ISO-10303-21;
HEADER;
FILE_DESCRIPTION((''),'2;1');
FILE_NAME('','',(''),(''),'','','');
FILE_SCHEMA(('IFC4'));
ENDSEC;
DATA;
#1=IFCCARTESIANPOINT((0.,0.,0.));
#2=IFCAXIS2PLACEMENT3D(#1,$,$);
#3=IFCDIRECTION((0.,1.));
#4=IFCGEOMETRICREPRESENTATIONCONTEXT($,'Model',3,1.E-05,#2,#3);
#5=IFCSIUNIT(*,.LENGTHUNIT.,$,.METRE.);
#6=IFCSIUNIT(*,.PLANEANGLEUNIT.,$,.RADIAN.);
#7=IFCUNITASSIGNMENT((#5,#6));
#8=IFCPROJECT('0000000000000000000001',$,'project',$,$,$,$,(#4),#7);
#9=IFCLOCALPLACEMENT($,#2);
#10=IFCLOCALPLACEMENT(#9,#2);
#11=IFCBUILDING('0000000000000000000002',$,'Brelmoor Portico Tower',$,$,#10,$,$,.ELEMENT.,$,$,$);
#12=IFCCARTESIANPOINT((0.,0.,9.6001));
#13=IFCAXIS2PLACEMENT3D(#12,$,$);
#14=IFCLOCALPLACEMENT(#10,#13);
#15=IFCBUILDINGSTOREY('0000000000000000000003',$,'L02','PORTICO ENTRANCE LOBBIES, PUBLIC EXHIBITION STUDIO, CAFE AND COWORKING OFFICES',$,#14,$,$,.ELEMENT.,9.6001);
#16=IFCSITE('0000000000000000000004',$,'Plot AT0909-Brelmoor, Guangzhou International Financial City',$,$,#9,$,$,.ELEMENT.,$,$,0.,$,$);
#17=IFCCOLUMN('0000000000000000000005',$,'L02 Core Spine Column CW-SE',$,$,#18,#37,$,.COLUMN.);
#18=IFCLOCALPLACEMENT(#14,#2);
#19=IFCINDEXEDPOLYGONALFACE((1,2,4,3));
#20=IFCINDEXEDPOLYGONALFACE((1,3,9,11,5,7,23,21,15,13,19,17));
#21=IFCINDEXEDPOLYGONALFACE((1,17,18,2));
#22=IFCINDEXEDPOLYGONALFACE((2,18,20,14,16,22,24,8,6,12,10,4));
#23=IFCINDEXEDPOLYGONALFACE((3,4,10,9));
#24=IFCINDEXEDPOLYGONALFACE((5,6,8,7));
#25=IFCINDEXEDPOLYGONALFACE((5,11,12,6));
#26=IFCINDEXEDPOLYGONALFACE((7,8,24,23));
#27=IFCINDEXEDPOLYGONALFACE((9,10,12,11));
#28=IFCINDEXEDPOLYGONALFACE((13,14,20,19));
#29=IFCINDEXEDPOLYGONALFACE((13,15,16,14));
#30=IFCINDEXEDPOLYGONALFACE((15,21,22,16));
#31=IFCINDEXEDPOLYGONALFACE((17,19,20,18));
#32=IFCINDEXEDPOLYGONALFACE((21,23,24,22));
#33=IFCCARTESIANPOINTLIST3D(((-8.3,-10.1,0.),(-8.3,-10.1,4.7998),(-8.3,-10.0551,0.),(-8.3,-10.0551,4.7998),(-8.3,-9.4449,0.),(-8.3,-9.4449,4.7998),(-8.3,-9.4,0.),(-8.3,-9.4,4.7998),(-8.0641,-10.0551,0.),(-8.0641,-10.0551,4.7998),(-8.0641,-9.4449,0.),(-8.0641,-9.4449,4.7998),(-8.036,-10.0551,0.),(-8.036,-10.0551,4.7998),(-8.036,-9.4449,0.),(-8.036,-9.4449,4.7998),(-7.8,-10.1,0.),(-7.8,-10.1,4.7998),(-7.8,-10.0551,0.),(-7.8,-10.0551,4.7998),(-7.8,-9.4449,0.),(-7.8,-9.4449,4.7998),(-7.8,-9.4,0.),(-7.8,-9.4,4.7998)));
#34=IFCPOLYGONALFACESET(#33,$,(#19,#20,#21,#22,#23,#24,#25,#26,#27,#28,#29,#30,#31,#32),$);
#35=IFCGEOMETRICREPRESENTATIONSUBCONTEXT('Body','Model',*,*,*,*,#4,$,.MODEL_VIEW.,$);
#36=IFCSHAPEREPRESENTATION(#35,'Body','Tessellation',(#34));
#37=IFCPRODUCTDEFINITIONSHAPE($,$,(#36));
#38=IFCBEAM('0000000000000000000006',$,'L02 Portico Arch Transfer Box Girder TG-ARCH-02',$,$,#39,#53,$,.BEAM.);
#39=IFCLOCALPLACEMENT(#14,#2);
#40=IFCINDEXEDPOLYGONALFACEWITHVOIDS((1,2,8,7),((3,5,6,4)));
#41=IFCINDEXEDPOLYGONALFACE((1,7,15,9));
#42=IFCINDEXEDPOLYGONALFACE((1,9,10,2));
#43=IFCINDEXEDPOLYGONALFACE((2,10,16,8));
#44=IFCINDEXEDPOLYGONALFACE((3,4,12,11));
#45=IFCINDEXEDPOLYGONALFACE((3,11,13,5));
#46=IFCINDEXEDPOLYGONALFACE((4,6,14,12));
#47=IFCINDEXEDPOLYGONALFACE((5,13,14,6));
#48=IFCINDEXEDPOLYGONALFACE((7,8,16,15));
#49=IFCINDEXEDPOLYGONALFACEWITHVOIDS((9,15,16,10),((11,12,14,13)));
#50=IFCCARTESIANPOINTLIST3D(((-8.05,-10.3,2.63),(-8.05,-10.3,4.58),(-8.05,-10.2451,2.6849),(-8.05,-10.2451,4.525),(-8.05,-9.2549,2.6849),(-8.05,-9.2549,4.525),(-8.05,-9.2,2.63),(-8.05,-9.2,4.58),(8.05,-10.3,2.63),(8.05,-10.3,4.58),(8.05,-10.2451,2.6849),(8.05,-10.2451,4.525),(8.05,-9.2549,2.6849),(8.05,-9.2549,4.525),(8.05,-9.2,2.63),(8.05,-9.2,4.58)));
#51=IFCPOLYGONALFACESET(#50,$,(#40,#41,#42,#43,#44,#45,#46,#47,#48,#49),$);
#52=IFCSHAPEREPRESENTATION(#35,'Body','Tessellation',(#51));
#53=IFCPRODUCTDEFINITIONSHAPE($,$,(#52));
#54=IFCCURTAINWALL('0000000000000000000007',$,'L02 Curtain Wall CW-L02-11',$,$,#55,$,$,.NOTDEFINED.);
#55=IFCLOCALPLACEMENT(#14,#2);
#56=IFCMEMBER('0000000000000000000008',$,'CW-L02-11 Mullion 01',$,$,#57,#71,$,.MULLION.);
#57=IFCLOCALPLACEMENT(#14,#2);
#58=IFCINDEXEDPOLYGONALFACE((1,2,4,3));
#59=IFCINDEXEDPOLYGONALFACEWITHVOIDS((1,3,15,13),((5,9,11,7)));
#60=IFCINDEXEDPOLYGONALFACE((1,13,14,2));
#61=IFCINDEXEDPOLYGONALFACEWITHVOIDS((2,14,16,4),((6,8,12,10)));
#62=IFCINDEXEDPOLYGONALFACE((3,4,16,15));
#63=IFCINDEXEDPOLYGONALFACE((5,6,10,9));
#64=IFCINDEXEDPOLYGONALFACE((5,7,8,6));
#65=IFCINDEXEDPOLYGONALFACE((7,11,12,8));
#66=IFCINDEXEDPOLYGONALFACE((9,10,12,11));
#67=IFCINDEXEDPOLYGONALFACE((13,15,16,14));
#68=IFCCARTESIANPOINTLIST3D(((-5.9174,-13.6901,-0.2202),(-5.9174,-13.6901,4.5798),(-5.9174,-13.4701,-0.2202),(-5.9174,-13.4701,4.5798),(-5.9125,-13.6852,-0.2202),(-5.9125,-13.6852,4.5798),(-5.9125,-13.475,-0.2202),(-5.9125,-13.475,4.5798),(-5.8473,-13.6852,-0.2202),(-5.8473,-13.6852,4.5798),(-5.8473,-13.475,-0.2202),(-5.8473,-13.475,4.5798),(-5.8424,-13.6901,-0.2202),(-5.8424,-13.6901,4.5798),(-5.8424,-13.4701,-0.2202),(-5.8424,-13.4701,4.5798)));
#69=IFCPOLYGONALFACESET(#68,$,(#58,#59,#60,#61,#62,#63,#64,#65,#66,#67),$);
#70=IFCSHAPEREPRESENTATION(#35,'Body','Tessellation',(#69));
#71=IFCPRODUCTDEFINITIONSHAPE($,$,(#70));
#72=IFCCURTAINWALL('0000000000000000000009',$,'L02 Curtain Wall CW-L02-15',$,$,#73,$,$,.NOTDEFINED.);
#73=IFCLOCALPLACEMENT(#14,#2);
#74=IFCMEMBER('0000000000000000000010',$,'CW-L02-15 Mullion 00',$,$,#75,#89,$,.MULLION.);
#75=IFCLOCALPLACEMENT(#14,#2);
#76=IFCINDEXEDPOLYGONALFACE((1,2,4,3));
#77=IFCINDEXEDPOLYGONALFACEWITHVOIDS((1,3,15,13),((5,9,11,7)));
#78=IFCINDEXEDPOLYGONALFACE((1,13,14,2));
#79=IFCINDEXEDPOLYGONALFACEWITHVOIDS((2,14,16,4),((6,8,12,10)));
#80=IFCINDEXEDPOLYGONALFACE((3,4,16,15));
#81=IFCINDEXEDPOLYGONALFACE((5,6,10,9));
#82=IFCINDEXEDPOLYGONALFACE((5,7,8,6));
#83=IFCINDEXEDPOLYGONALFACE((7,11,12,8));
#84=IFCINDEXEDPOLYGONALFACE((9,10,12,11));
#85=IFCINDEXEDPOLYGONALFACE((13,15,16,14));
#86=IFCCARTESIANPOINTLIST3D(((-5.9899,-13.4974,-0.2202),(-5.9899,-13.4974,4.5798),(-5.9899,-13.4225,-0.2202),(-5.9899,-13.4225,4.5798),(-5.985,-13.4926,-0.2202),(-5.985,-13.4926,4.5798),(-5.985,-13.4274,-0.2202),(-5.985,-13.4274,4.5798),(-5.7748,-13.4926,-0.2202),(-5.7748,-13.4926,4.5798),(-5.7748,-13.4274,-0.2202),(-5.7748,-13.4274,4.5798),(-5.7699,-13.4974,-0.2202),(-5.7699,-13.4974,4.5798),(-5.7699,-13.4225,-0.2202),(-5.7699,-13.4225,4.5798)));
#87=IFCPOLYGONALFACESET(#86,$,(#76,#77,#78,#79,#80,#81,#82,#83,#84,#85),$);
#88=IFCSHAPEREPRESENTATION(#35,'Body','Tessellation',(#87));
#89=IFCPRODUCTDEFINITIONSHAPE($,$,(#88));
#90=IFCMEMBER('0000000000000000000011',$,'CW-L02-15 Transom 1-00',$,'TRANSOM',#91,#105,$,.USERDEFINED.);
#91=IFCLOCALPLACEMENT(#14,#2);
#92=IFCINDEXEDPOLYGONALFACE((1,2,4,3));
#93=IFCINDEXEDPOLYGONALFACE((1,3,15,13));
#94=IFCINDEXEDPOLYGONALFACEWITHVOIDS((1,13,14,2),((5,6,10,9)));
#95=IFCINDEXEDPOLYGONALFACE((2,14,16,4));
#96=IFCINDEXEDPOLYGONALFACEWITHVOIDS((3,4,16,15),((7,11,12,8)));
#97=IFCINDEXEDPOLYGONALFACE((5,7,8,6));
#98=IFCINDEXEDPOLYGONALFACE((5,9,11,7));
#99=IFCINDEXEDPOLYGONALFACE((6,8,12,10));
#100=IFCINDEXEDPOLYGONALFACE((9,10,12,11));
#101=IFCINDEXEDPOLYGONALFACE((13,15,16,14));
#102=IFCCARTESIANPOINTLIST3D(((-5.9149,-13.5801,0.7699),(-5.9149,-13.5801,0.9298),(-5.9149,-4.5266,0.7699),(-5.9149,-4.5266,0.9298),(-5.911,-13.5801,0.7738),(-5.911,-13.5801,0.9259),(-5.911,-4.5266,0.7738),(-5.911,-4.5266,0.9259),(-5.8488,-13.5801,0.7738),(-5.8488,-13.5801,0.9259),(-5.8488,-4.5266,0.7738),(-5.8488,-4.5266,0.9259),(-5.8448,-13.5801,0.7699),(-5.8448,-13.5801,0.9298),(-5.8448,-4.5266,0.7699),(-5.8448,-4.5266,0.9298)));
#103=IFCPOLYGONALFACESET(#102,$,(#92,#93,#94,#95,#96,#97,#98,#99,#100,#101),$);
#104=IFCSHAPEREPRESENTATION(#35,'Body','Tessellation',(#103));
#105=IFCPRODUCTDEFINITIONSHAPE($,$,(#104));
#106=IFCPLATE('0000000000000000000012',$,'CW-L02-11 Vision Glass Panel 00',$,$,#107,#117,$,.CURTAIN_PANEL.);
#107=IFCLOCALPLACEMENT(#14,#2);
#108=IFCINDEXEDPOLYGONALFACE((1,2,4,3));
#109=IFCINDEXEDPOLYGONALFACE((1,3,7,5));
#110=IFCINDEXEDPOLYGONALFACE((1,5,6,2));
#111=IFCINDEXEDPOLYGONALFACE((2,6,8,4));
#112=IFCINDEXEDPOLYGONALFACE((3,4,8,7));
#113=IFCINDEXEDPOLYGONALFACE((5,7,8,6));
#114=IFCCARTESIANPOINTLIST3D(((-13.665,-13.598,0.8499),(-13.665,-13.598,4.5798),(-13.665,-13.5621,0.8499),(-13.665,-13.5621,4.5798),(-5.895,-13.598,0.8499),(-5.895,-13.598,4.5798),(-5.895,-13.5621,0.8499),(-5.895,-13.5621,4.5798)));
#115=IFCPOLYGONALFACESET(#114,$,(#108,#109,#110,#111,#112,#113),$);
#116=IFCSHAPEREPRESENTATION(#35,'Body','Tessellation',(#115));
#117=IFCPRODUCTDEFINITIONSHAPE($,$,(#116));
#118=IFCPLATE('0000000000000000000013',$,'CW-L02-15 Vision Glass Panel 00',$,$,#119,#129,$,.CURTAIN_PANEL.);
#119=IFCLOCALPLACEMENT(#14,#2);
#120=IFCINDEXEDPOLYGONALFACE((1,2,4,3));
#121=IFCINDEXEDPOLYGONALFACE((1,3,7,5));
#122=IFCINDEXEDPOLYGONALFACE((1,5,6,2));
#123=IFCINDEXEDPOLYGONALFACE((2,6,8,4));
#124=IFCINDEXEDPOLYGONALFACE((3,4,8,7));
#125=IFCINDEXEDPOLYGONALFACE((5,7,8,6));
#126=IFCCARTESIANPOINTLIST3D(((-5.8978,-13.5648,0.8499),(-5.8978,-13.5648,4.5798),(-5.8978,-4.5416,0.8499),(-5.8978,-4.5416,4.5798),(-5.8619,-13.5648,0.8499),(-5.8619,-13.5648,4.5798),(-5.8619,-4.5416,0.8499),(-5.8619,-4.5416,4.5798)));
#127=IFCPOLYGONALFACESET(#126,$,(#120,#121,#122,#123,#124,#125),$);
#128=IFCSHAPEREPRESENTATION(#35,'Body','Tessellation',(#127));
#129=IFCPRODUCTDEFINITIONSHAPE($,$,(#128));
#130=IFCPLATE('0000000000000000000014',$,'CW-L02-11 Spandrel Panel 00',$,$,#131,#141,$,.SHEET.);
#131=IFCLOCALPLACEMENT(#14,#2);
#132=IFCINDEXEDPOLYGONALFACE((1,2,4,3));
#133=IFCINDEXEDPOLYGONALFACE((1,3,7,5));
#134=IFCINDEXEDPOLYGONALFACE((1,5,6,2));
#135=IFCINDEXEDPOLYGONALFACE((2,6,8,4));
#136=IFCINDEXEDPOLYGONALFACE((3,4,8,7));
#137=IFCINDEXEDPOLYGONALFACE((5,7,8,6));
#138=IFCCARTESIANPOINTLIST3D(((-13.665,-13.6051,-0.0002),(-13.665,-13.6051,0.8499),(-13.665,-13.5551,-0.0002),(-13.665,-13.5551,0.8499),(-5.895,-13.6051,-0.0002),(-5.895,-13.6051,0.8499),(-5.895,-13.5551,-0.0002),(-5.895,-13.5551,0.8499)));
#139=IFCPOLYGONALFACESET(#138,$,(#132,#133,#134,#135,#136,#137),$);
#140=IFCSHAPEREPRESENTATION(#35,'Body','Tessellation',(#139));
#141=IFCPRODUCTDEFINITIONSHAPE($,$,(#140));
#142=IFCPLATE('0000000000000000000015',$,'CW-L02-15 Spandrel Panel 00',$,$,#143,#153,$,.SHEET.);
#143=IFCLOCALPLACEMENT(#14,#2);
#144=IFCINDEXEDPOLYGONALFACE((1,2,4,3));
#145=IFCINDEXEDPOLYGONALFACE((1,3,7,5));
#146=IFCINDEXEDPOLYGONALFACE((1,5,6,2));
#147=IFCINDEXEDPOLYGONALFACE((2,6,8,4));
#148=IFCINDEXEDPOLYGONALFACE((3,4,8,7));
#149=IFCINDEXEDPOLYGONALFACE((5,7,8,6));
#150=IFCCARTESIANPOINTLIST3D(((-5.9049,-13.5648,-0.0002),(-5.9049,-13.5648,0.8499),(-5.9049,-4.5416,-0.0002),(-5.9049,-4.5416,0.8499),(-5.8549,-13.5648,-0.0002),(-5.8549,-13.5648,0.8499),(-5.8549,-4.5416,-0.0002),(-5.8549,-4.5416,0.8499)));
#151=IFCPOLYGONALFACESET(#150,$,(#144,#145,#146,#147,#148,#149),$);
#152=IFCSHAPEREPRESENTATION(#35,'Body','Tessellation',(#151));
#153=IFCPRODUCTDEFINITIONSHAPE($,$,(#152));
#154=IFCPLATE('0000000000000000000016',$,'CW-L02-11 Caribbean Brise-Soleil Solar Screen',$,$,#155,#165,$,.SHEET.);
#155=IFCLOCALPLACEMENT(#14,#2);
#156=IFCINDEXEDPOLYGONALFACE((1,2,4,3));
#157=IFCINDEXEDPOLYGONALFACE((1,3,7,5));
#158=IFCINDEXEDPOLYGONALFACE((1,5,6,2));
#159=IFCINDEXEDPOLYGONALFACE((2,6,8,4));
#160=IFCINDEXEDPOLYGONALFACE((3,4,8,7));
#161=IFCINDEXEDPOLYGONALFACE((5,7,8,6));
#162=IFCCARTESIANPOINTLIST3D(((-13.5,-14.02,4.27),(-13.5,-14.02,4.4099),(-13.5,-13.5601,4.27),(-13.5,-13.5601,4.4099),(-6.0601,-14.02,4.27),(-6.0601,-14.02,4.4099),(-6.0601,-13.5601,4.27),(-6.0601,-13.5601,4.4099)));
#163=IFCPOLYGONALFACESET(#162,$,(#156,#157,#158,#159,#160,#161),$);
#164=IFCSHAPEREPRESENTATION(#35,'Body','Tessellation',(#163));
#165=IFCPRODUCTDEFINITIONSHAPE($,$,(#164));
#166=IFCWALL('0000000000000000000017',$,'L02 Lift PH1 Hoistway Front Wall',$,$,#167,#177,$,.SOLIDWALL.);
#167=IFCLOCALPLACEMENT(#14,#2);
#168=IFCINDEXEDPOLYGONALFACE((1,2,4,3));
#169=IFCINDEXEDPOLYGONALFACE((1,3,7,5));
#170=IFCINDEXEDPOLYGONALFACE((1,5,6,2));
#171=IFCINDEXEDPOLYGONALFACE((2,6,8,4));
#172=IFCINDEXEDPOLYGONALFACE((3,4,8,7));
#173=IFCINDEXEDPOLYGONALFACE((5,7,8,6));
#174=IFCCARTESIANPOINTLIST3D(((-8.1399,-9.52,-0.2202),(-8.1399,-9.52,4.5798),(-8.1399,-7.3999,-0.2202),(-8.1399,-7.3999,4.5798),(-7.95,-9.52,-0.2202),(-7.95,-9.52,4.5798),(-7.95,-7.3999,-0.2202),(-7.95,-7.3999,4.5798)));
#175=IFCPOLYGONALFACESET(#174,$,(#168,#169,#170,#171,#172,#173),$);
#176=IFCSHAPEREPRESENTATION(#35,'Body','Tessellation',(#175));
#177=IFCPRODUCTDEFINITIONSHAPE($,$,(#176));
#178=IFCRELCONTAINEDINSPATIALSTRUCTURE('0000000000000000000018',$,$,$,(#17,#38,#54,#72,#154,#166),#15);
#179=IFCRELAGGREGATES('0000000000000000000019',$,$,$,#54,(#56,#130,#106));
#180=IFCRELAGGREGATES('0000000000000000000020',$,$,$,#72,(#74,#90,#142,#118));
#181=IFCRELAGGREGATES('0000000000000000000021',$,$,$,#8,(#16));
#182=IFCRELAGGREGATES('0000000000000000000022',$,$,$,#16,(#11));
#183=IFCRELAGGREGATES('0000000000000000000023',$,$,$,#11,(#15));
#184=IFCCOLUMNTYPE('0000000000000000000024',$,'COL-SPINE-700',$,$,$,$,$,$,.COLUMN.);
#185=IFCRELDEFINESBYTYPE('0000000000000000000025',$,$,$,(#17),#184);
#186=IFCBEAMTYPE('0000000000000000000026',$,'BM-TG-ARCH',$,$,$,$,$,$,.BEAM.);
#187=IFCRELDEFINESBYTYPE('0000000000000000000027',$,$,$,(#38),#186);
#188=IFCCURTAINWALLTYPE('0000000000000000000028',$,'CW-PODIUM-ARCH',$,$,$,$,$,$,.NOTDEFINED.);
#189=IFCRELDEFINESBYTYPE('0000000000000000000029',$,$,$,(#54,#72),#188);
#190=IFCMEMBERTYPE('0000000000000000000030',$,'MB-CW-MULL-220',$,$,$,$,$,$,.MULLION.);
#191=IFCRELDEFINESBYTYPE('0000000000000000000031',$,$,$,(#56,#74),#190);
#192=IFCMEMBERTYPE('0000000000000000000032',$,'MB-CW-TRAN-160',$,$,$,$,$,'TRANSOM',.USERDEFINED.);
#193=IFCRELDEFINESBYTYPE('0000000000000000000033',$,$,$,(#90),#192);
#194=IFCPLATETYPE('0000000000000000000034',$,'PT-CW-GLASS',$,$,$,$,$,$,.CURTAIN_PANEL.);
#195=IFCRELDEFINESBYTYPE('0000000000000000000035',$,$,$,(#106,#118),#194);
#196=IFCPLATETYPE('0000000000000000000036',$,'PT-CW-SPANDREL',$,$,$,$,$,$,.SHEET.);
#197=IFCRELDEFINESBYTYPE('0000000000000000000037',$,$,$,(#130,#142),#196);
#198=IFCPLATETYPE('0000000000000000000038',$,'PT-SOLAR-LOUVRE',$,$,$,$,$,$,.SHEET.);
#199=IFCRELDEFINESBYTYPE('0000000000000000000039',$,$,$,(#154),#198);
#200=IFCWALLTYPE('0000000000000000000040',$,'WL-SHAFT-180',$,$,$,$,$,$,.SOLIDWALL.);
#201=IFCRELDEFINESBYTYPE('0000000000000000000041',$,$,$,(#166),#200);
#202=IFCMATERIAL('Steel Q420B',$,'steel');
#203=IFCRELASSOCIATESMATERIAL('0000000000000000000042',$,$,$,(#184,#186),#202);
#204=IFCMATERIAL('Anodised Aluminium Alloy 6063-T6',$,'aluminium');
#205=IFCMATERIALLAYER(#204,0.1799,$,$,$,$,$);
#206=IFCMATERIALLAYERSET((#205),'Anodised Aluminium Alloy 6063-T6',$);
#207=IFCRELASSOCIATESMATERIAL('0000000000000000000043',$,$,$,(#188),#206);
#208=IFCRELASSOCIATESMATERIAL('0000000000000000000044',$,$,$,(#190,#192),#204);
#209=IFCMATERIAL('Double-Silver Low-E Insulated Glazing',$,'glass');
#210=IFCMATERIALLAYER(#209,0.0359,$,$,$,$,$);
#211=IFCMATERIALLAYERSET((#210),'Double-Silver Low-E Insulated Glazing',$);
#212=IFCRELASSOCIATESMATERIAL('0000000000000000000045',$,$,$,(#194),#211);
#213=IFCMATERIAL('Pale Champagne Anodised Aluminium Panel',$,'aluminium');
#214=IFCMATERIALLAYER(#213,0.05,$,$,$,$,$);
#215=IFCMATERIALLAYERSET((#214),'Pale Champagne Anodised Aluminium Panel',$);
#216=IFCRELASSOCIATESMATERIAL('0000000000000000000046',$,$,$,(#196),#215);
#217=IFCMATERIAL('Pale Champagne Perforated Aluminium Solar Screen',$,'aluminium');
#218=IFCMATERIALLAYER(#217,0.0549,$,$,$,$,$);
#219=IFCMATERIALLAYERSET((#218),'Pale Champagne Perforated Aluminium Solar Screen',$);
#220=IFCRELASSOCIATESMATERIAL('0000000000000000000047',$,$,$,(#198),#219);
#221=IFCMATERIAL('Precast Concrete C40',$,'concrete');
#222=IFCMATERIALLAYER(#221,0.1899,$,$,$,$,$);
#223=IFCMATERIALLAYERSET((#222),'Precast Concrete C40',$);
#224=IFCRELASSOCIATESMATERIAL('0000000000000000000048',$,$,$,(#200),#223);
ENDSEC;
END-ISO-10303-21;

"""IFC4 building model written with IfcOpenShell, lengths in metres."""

from ifc_helpers import new_model, si_unit, direction, frame, frame_2d, origin, origin_2d, place, context, subcontext, project, spatial, rectangle, hollow_rectangle, i_section, extrude, material, layer, layer_set, material_profile, profile_set, type_object, element, aggregate, save


model = new_model("IFC4")

# Units and contexts
model_context = context("Model", 3, precision=1e-05, world=origin(), true_north=direction((0.0, 1.0)))
body_context = subcontext(model_context, "Body", "Model", "MODEL_VIEW")
ifc_project = project(units=[si_unit("LENGTHUNIT", "METRE"), si_unit("PLANEANGLEUNIT", "RADIAN")], contexts=[model_context])

# Site, building, storey
site_placement = place(None, origin())
site = spatial("IfcSite", under=ifc_project, at=site_placement, Name="Plot AT0909-Brelmoor, Guangzhou International Financial City", CompositionType="ELEMENT", RefElevation=0.0)
building_placement = place(site_placement, origin())
building = spatial("IfcBuilding", under=site, at=building_placement, Name="Brelmoor Portico Tower", CompositionType="ELEMENT")
storey_placement = place(building_placement, frame((0.0, 0.0, 9.6001)))
storey = spatial("IfcBuildingStorey", under=building, at=storey_placement, Name="L02", Description="PORTICO ENTRANCE LOBBIES, PUBLIC EXHIBITION STUDIO, CAFE AND COWORKING OFFICES", CompositionType="ELEMENT", Elevation=9.6001)

# Column
ifc_material_1 = material(Name="Steel Q420B", Category="steel")
ifc_material_profile_1 = material_profile(ifc_material_1, i_section(OverallWidth=0.5, OverallDepth=0.7, WebThickness=0.0281, FlangeThickness=0.0449, at=origin_2d()), Name="HW 700x500x28x45")
ifc_profile_set_1 = profile_set([ifc_material_profile_1], Name="Steel Q420B")
column_type = type_object("IfcColumnType", Name="COL-SPINE-700", PredefinedType="COLUMN", material=ifc_profile_set_1)
column_placement = place(storey_placement, frame((-8.05, -9.75, 0.0), z_axis=(0.0, 0.0, 1.0), x_axis=(1.0, 0.0, 0.0)))
element("IfcColumn", 1, at=column_placement, inside=storey, type_object=column_type, Name="L02 Core Spine Column CW-SE", PredefinedType="COLUMN", context=body_context, shape_type="SweptSolid", body=[
    extrude(i_section(OverallWidth=0.5, OverallDepth=0.7, WebThickness=0.0281, FlangeThickness=0.0449, at=origin_2d()), origin(), (0.0, 0.0, 1.0), 4.7998),
])

# Beam
ifc_material_profile_2 = material_profile(ifc_material_1, hollow_rectangle(XDim=1.1001, YDim=1.95, WallThickness=0.0549, at=origin_2d()), Name="BOX 1100x1950x55")
ifc_profile_set_2 = profile_set([ifc_material_profile_2], Name="Steel Q420B")
beam_type = type_object("IfcBeamType", Name="BM-TG-ARCH", PredefinedType="BEAM", material=ifc_profile_set_2)
beam_placement = place(storey_placement, frame((-8.05, -9.75, 3.605), z_axis=(1.0, 0.0, 0.0), x_axis=(0.0, 1.0, 0.0)))
element("IfcBeam", 2, at=beam_placement, inside=storey, type_object=beam_type, Name="L02 Portico Arch Transfer Box Girder TG-ARCH-02", PredefinedType="BEAM", context=body_context, shape_type="SweptSolid", body=[
    extrude(hollow_rectangle(XDim=1.1001, YDim=1.95, WallThickness=0.0549, at=origin_2d()), origin(), (0.0, 0.0, 1.0), 16.1001),
])

# Curtain wall, member
ifc_material_2 = material(Name="Anodised Aluminium Alloy 6063-T6", Category="aluminium")
ifc_layer_1 = layer(ifc_material_2, 0.1799)
ifc_layer_set_1 = layer_set([ifc_layer_1], Name="Anodised Aluminium Alloy 6063-T6")
curtain_wall_type = type_object("IfcCurtainWallType", Name="CW-PODIUM-ARCH", PredefinedType="NOTDEFINED", material=ifc_layer_set_1)
curtain_wall_1_placement = place(storey_placement, origin())
curtain_wall_1 = element("IfcCurtainWall", 3, at=curtain_wall_1_placement, inside=storey, type_object=curtain_wall_type, Name="L02 Curtain Wall CW-L02-11", PredefinedType="NOTDEFINED")
ifc_material_profile_3 = material_profile(ifc_material_2, hollow_rectangle(XDim=0.075, YDim=0.22, WallThickness=0.0049, at=origin_2d()), Name="ALU MULLION 75x220")
ifc_profile_set_3 = profile_set([ifc_material_profile_3], Name="Anodised Aluminium Alloy 6063-T6")
member_type_1 = type_object("IfcMemberType", Name="MB-CW-MULL-220", PredefinedType="MULLION", material=ifc_profile_set_3)
member_1_placement = place(storey_placement, frame((-5.8799, -13.5801, -0.2202), z_axis=(0.0, 0.0, 1.0), x_axis=(1.0, 0.0, 0.0)))
member_1 = element("IfcMember", 4, at=member_1_placement, type_object=member_type_1, Name="CW-L02-11 Mullion 01", PredefinedType="MULLION", context=body_context, shape_type="SweptSolid", body=[
    extrude(hollow_rectangle(XDim=0.075, YDim=0.22, WallThickness=0.0049, at=origin_2d()), origin(), (0.0, 0.0, 1.0), 4.8),
])

# Curtain wall, members
curtain_wall_2_placement = place(storey_placement, origin())
curtain_wall_2 = element("IfcCurtainWall", 5, at=curtain_wall_2_placement, inside=storey, type_object=curtain_wall_type, Name="L02 Curtain Wall CW-L02-15", PredefinedType="NOTDEFINED")
member_2_placement = place(storey_placement, frame((-5.8799, -13.46, -0.2202), z_axis=(0.0, 0.0, 1.0), x_axis=(0.0, 1.0, 0.0)))
member_2 = element("IfcMember", 6, at=member_2_placement, type_object=member_type_1, Name="CW-L02-15 Mullion 00", PredefinedType="MULLION", context=body_context, shape_type="SweptSolid", body=[
    extrude(hollow_rectangle(XDim=0.075, YDim=0.22, WallThickness=0.0049, at=origin_2d()), origin(), (0.0, 0.0, 1.0), 4.8),
])
ifc_material_profile_4 = material_profile(ifc_material_2, hollow_rectangle(XDim=0.0701, YDim=0.1599, WallThickness=0.0039, at=origin_2d()), Name="ALU TRANSOM 70x160")
ifc_profile_set_4 = profile_set([ifc_material_profile_4], Name="Anodised Aluminium Alloy 6063-T6")
member_type_2 = type_object("IfcMemberType", Name="MB-CW-TRAN-160", ElementType="TRANSOM", PredefinedType="USERDEFINED", material=ifc_profile_set_4)
member_3_placement = place(storey_placement, frame((-5.8799, -13.5801, 0.8499), z_axis=(0.0, 1.0, 0.0), x_axis=(-1.0, 0.0, 0.0)))
member_3 = element("IfcMember", 7, at=member_3_placement, type_object=member_type_2, Name="CW-L02-15 Transom 1-00", ObjectType="TRANSOM", PredefinedType="USERDEFINED", context=body_context, shape_type="SweptSolid", body=[
    extrude(hollow_rectangle(XDim=0.0701, YDim=0.1599, WallThickness=0.0039, at=origin_2d()), origin(), (0.0, 0.0, 1.0), 9.0535),
])

# Plates
ifc_material_3 = material(Name="Double-Silver Low-E Insulated Glazing", Category="glass")
ifc_layer_2 = layer(ifc_material_3, 0.0359)
ifc_layer_set_2 = layer_set([ifc_layer_2], Name="Double-Silver Low-E Insulated Glazing")
plate_type_1 = type_object("IfcPlateType", Name="PT-CW-GLASS", PredefinedType="CURTAIN_PANEL", material=ifc_layer_set_2)
plate_1_placement = place(storey_placement, frame((-9.78, -13.5801, 0.8499), z_axis=(0.0, 0.0, 1.0), x_axis=(1.0, 0.0, 0.0)))
plate_1 = element("IfcPlate", 8, at=plate_1_placement, type_object=plate_type_1, Name="CW-L02-11 Vision Glass Panel 00", PredefinedType="CURTAIN_PANEL", context=body_context, shape_type="SweptSolid", body=[
    extrude(rectangle(XDim=7.77, YDim=0.0359, at=origin_2d()), origin(), (0.0, 0.0, 1.0), 3.73),
])
plate_2_placement = place(storey_placement, frame((-5.8799, -9.0532, 0.8499), z_axis=(0.0, 0.0, 1.0), x_axis=(0.0, 1.0, 0.0)))
plate_2 = element("IfcPlate", 9, at=plate_2_placement, type_object=plate_type_1, Name="CW-L02-15 Vision Glass Panel 00", PredefinedType="CURTAIN_PANEL", context=body_context, shape_type="SweptSolid", body=[
    extrude(rectangle(XDim=9.0232, YDim=0.0359, at=origin_2d()), origin(), (0.0, 0.0, 1.0), 3.73),
])
ifc_material_4 = material(Name="Pale Champagne Anodised Aluminium Panel", Category="aluminium")
ifc_layer_3 = layer(ifc_material_4, 0.05)
ifc_layer_set_3 = layer_set([ifc_layer_3], Name="Pale Champagne Anodised Aluminium Panel")
plate_type_2 = type_object("IfcPlateType", Name="PT-CW-SPANDREL", PredefinedType="SHEET", material=ifc_layer_set_3)
plate_3_placement = place(storey_placement, frame((-9.78, -13.5801, -0.0002), z_axis=(0.0, 0.0, 1.0), x_axis=(1.0, 0.0, 0.0)))
plate_3 = element("IfcPlate", 10, at=plate_3_placement, type_object=plate_type_2, Name="CW-L02-11 Spandrel Panel 00", PredefinedType="SHEET", context=body_context, shape_type="SweptSolid", body=[
    extrude(rectangle(XDim=7.77, YDim=0.05, at=origin_2d()), origin(), (0.0, 0.0, 1.0), 0.8501),
])
aggregate(curtain_wall_1, [member_1, plate_3, plate_1])
plate_4_placement = place(storey_placement, frame((-5.8799, -9.0532, -0.0002), z_axis=(0.0, 0.0, 1.0), x_axis=(0.0, 1.0, 0.0)))
plate_4 = element("IfcPlate", 11, at=plate_4_placement, type_object=plate_type_2, Name="CW-L02-15 Spandrel Panel 00", PredefinedType="SHEET", context=body_context, shape_type="SweptSolid", body=[
    extrude(rectangle(XDim=9.0232, YDim=0.05, at=origin_2d()), origin(), (0.0, 0.0, 1.0), 0.8501),
])
aggregate(curtain_wall_2, [member_2, member_3, plate_4, plate_2])
ifc_material_5 = material(Name="Pale Champagne Perforated Aluminium Solar Screen", Category="aluminium")
ifc_layer_4 = layer(ifc_material_5, 0.0549)
ifc_layer_set_4 = layer_set([ifc_layer_4], Name="Pale Champagne Perforated Aluminium Solar Screen")
plate_type_3 = type_object("IfcPlateType", Name="PT-SOLAR-LOUVRE", PredefinedType="SHEET", material=ifc_layer_set_4)
plate_5_placement = place(storey_placement, frame((-9.78, -13.79, 4.27), z_axis=(0.0, 0.0, 1.0), x_axis=(1.0, 0.0, 0.0)))
element("IfcPlate", 12, at=plate_5_placement, inside=storey, type_object=plate_type_3, Name="CW-L02-11 Caribbean Brise-Soleil Solar Screen", PredefinedType="SHEET", context=body_context, shape_type="SweptSolid", body=[
    extrude(rectangle(XDim=7.4399, YDim=0.46, at=origin_2d()), origin(), (0.0, 0.0, 1.0), 0.1399),
])

# Wall
ifc_material_6 = material(Name="Precast Concrete C40", Category="concrete")
ifc_layer_5 = layer(ifc_material_6, 0.1899)
ifc_layer_set_5 = layer_set([ifc_layer_5], Name="Precast Concrete C40")
wall_type_1 = type_object("IfcWallType", Name="WL-SHAFT-180", PredefinedType="SOLIDWALL", material=ifc_layer_set_5)
for number, where, z_axis, x_axis, name in (
    (13, (-8.0449, -9.52, -0.2202), (0.0, 0.0, 1.0), (0.0, 1.0, 0.0), "L02 Lift PH1 Hoistway Front Wall"),
):
    element("IfcWall", number, at=place(storey_placement, frame(where, z_axis=z_axis, x_axis=x_axis)), inside=storey, type_object=wall_type_1, Name=name, PredefinedType="SOLIDWALL", context=body_context, shape_type="SweptSolid", body=[
        extrude(rectangle(XDim=2.1201, YDim=0.1899, at=frame_2d((1.0601, 0.0))), origin(), (0.0, 0.0, 1.0), 4.8),
    ])

save(model, "model.ifc")
